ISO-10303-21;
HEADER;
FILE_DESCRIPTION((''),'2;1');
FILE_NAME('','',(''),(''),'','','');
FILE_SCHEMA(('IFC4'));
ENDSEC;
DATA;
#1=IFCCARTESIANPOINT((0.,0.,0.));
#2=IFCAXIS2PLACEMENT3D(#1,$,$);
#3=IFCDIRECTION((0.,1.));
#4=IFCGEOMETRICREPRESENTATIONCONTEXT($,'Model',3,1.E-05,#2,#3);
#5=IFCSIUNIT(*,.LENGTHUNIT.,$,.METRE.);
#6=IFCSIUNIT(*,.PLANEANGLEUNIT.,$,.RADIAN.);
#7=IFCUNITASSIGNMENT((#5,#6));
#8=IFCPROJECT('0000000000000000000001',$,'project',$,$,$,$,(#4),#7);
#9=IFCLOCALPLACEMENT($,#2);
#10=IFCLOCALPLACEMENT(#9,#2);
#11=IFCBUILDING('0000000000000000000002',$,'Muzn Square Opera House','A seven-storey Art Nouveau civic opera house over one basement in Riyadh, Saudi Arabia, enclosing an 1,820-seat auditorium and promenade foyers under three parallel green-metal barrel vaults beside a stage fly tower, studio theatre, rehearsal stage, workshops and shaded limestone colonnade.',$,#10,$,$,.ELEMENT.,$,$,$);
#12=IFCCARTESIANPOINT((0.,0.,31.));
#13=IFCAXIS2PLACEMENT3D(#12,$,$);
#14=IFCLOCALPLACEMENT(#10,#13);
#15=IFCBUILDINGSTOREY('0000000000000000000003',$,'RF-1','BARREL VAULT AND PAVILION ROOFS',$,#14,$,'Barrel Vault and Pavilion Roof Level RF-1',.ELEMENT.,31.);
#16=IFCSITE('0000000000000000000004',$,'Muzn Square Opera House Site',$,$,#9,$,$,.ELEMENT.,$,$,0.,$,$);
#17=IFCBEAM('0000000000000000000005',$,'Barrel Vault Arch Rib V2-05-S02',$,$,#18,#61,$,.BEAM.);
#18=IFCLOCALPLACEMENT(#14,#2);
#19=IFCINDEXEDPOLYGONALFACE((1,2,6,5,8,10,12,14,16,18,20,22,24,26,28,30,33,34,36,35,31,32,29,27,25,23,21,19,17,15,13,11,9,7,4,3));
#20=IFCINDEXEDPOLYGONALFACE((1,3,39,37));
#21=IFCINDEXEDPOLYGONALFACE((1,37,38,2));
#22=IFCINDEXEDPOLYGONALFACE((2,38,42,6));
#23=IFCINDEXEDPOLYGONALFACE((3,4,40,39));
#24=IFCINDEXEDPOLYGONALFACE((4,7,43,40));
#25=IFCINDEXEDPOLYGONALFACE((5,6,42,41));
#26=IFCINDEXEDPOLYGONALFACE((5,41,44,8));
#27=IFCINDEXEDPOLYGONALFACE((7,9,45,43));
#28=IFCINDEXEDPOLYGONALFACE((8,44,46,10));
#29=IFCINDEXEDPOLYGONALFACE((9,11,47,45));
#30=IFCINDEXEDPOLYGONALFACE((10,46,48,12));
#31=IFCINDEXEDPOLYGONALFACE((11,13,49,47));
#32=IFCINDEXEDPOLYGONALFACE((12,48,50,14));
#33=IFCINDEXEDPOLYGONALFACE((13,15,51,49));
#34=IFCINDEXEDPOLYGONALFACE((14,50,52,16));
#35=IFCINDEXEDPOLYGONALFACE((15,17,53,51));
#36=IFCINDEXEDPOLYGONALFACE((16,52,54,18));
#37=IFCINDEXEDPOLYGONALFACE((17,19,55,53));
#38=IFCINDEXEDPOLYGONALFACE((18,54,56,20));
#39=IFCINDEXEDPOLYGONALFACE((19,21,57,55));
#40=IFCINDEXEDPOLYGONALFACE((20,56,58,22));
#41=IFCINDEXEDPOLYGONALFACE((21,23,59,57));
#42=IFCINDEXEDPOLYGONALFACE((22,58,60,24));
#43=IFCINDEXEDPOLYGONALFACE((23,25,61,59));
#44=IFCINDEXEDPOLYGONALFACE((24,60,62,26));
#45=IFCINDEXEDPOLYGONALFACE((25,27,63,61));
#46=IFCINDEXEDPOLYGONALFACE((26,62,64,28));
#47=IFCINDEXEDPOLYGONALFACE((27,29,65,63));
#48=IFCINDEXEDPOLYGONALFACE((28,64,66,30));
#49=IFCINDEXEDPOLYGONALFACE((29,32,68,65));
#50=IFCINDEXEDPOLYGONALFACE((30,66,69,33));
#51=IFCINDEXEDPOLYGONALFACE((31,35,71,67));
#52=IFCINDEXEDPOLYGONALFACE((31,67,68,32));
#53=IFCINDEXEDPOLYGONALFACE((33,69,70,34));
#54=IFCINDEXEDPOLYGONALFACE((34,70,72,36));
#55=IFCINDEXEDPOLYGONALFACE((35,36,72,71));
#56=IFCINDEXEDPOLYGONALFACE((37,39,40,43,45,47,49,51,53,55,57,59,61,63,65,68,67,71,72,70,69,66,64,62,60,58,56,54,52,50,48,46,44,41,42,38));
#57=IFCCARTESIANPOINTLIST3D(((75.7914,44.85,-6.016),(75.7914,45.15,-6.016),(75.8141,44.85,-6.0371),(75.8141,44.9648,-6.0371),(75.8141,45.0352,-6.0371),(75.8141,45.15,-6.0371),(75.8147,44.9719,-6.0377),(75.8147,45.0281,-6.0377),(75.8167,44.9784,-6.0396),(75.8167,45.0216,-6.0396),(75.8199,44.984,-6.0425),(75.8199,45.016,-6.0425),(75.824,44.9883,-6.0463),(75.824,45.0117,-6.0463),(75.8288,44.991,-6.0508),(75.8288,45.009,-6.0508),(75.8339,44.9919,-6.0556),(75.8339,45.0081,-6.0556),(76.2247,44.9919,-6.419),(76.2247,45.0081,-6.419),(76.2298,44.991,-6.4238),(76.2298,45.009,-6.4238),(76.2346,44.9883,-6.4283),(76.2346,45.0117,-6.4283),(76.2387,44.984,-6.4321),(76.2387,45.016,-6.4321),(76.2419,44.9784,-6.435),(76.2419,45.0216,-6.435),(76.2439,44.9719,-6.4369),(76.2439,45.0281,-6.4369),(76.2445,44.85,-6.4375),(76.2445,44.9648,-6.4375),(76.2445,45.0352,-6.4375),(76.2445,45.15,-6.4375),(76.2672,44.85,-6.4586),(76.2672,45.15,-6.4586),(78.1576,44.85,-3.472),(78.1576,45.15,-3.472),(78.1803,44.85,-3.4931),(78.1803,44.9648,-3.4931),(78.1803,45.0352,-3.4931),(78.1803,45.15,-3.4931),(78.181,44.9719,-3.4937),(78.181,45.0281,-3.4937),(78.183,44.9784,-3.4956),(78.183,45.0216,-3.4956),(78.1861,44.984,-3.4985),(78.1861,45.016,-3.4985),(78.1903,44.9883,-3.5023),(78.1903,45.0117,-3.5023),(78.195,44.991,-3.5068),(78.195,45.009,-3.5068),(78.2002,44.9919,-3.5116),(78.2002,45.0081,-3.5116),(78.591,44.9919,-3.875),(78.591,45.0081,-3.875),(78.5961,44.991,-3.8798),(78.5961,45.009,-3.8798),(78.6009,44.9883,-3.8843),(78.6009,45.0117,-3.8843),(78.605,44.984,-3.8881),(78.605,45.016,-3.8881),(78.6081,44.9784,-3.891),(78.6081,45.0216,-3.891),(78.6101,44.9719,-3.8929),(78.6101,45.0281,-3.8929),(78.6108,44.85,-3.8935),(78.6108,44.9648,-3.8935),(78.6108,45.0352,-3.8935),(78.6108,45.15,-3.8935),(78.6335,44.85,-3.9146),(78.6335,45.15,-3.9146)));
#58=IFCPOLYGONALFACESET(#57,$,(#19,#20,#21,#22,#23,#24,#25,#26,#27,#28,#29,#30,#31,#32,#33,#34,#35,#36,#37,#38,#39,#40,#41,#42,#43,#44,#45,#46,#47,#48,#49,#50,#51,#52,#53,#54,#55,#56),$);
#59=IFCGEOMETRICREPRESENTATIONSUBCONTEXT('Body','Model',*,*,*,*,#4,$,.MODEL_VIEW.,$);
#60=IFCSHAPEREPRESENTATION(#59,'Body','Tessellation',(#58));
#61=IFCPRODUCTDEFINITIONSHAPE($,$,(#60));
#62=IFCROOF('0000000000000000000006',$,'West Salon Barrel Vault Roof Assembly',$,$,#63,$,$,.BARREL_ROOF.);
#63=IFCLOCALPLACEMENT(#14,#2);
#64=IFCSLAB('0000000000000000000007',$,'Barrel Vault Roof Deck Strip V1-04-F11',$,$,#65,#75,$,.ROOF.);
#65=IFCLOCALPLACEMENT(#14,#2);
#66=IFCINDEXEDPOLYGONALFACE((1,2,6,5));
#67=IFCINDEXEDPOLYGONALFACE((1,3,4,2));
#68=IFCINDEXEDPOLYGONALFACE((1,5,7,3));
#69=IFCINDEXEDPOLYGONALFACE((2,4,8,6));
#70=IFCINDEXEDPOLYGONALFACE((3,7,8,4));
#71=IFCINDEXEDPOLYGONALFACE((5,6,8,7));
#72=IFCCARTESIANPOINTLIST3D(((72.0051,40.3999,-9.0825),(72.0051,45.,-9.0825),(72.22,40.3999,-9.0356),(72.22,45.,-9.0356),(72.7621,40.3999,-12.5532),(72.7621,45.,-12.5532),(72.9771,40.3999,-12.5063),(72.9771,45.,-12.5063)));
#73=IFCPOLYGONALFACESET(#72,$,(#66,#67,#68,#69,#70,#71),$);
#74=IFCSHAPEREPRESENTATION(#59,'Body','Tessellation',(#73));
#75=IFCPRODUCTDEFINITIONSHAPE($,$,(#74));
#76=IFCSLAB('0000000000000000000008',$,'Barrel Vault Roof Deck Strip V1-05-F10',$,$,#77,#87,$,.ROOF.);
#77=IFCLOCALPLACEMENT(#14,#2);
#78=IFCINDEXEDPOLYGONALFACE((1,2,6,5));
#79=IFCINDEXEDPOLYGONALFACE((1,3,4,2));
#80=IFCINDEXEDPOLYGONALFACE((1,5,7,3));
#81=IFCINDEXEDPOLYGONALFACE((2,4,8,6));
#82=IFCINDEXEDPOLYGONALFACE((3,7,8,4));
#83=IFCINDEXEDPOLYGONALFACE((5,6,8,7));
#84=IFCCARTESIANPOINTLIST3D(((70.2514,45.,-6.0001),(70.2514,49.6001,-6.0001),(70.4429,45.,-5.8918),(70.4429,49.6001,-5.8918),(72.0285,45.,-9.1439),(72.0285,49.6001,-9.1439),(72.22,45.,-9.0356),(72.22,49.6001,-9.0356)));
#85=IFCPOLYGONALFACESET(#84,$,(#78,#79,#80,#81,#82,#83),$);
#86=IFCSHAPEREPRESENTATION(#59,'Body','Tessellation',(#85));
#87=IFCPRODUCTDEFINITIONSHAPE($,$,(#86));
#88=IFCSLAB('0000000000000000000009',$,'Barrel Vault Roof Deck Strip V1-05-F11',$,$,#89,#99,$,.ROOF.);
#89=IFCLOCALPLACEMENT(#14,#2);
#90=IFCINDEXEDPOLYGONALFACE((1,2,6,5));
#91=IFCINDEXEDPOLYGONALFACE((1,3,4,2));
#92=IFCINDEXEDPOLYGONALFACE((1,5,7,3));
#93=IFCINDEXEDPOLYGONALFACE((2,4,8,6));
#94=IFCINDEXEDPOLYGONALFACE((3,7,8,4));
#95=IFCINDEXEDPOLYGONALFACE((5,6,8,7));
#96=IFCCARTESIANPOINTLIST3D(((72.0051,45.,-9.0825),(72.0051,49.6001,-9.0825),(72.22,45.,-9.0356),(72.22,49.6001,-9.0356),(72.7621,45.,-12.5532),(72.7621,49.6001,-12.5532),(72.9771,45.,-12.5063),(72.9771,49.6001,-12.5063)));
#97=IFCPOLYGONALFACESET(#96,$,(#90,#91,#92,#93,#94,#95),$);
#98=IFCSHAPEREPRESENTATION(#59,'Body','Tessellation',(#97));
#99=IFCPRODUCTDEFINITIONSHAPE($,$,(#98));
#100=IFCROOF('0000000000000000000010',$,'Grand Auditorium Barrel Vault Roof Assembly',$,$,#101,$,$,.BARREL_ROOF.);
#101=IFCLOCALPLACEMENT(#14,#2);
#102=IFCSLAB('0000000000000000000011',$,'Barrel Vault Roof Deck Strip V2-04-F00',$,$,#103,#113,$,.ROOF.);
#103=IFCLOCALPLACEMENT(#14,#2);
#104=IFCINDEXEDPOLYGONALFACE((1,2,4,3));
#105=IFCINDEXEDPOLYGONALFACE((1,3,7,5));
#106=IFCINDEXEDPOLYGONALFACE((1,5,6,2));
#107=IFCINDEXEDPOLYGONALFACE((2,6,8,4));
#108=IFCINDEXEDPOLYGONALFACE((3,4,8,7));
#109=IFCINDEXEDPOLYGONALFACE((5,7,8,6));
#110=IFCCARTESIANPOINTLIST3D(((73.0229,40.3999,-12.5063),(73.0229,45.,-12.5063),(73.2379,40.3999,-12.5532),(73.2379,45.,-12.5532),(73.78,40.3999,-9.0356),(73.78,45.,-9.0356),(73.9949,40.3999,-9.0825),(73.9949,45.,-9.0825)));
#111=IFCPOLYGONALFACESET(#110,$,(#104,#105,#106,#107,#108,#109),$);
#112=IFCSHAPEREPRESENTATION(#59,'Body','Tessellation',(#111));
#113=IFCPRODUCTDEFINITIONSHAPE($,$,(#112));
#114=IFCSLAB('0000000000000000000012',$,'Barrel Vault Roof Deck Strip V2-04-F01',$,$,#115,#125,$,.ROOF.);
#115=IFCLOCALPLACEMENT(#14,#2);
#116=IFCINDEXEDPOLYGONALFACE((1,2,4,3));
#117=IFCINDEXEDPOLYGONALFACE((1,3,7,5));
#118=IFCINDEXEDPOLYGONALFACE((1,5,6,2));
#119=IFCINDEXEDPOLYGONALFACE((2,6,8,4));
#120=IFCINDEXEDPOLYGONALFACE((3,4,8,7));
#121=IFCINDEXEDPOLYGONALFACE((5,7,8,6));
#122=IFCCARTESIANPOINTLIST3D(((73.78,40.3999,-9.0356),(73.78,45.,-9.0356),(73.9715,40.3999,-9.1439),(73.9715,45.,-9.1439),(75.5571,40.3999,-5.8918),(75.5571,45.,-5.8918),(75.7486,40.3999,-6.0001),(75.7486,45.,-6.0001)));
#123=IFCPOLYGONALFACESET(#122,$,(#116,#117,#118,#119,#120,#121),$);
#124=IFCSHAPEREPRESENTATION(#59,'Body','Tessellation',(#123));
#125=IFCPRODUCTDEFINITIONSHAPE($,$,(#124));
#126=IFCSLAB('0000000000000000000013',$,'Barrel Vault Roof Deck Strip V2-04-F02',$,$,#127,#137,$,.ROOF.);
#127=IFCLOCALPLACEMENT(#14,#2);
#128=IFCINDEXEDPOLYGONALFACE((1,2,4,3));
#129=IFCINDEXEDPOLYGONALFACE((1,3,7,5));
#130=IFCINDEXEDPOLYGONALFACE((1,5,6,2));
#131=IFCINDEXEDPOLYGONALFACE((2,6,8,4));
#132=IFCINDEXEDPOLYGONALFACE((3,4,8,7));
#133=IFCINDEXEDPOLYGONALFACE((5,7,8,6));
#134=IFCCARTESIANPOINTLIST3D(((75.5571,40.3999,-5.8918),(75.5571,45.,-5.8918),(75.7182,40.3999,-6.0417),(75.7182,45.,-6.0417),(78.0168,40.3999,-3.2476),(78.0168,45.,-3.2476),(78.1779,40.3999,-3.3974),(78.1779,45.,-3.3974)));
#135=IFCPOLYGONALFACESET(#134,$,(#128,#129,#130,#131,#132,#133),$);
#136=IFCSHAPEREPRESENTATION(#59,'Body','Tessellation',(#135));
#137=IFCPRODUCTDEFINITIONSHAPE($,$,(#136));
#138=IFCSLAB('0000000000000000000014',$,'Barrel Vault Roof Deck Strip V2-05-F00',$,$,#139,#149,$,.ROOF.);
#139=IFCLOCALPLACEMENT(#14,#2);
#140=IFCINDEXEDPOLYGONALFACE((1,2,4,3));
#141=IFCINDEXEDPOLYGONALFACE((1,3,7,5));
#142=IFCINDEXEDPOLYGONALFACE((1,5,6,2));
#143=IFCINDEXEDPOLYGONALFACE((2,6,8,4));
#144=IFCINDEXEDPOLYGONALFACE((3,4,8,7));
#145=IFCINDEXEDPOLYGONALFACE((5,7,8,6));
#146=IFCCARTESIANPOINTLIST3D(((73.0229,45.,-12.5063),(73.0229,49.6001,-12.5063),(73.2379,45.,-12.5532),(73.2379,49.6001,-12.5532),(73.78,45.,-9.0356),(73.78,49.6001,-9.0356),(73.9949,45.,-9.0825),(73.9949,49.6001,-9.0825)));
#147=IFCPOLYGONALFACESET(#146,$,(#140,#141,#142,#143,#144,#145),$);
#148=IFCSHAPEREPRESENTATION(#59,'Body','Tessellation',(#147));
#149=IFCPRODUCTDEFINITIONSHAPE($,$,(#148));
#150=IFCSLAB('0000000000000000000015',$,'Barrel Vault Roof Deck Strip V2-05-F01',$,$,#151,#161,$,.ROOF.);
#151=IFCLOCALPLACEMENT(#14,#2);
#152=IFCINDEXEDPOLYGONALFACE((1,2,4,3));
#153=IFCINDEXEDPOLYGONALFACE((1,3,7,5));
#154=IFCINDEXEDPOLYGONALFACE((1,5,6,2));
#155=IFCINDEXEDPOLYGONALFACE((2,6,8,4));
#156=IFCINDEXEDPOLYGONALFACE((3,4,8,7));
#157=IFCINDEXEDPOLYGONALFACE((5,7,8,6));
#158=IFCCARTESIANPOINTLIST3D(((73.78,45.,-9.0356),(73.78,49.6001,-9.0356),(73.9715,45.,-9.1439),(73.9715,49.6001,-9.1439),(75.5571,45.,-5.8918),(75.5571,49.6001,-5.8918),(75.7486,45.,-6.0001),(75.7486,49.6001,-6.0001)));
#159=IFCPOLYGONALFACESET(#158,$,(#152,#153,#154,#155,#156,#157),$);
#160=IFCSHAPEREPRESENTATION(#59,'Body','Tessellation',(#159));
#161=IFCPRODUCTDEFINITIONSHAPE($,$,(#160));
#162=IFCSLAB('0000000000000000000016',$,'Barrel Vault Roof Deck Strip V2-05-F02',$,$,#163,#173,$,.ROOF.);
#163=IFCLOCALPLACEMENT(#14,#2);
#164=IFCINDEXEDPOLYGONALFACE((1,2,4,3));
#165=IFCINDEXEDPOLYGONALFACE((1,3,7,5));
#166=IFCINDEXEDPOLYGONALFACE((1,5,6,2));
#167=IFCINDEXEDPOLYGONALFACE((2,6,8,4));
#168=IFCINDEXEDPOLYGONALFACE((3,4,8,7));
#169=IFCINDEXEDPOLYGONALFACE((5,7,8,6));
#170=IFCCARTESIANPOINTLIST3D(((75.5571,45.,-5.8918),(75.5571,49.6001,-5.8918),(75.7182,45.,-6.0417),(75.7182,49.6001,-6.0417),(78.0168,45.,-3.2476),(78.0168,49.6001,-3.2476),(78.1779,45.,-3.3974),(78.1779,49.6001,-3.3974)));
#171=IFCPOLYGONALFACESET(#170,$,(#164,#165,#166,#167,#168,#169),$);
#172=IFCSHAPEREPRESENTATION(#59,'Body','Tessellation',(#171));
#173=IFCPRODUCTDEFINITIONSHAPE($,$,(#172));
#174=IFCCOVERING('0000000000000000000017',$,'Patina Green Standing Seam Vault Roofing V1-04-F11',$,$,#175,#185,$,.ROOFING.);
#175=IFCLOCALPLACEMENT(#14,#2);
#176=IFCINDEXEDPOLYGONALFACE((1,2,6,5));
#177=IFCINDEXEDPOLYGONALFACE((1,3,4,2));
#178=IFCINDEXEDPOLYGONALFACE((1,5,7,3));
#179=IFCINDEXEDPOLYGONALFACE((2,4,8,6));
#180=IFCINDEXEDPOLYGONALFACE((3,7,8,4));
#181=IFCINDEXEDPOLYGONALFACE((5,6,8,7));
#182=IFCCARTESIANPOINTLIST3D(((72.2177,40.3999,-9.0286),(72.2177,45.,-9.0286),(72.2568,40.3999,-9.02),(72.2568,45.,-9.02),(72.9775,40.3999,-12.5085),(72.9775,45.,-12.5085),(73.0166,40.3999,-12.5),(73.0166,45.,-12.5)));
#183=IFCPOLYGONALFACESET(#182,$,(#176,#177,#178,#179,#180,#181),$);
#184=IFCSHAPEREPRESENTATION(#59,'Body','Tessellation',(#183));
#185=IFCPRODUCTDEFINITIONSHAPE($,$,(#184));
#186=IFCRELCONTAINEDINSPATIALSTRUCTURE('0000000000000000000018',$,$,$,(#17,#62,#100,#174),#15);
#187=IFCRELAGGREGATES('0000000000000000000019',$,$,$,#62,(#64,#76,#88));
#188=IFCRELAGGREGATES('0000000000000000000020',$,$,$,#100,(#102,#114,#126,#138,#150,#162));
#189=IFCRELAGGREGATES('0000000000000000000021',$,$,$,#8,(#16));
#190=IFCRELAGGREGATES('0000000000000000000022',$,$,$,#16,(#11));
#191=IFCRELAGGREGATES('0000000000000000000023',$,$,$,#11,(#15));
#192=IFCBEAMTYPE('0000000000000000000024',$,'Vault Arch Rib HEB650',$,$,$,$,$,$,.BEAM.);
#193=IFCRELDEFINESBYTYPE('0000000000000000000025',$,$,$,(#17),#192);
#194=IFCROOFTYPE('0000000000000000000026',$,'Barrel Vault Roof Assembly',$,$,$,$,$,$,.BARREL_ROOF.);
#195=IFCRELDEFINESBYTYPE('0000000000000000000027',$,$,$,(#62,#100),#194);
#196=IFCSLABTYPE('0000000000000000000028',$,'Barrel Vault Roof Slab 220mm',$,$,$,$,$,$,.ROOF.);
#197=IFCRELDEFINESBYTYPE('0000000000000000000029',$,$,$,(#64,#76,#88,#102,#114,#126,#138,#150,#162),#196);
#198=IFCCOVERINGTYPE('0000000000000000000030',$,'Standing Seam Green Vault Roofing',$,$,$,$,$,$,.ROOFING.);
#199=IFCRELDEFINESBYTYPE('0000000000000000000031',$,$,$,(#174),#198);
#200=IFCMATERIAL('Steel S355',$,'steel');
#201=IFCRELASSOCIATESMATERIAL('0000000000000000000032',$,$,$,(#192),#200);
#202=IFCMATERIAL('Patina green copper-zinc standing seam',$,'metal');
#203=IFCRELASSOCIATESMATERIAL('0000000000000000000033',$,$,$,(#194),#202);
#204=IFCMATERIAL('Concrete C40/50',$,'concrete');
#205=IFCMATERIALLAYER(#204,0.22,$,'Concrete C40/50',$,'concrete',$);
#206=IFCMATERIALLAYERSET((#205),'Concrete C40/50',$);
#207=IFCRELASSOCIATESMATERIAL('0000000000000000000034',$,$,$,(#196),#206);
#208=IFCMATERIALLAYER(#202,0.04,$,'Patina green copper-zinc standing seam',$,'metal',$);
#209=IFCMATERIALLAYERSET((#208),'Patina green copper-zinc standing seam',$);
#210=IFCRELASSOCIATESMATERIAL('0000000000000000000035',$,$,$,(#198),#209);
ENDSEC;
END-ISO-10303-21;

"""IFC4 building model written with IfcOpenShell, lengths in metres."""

from ifc_helpers import new_model, si_unit, direction, frame, origin, origin_2d, place, context, subcontext, project, spatial, polyline, i_section, outline, extrude, material, layer, layer_set, material_profile, profile_set, type_object, element, aggregate, save


model = new_model("IFC4")

# Units and contexts
model_context = context("Model", 3, precision=1e-05, world=origin(), true_north=direction((0.0, 1.0)))
body_context = subcontext(model_context, "Body", "Model", "MODEL_VIEW")
ifc_project = project(units=[si_unit("LENGTHUNIT", "METRE"), si_unit("PLANEANGLEUNIT", "RADIAN")], contexts=[model_context])

# Site, building, storey
site_placement = place(None, origin())
site = spatial("IfcSite", under=ifc_project, at=site_placement, Name="Muzn Square Opera House Site", CompositionType="ELEMENT", RefElevation=0.0)
building_placement = place(site_placement, origin())
building = spatial("IfcBuilding", under=site, at=building_placement, Name="Muzn Square Opera House", Description="A seven-storey Art Nouveau civic opera house over one basement in Riyadh, Saudi Arabia, enclosing an 1,820-seat auditorium and promenade foyers under three parallel green-metal barrel vaults beside a stage fly tower, studio theatre, rehearsal stage, workshops and shaded limestone colonnade.", CompositionType="ELEMENT")
storey_placement = place(building_placement, frame((0.0, 0.0, 31.0)))
storey = spatial("IfcBuildingStorey", under=building, at=storey_placement, Name="RF-1", Description="BARREL VAULT AND PAVILION ROOFS", LongName="Barrel Vault and Pavilion Roof Level RF-1", CompositionType="ELEMENT", Elevation=31.0)

# Beam
ifc_material_1 = material(Name="Steel S355", Category="steel")
ifc_material_profile_1 = material_profile(ifc_material_1, i_section(OverallWidth=0.3, OverallDepth=0.6499, WebThickness=0.0161, FlangeThickness=0.031, FilletRadius=0.0271, at=origin_2d()), Name="HEB 650", Category="steel")
ifc_profile_set_1 = profile_set([ifc_material_profile_1], Name="Steel S355")
beam_type_1 = type_object("IfcBeamType", Name="Vault Arch Rib HEB650", PredefinedType="BEAM", material=ifc_profile_set_1)
beam_1_placement = place(storey_placement, frame((76.0293, 45.0, -6.2373), z_axis=(0.681065, 0.0, 0.732223), x_axis=(0.0, 1.0, 0.0)))
element("IfcBeam", 1, at=beam_1_placement, inside=storey, type_object=beam_type_1, Name="Barrel Vault Arch Rib V2-05-S02", PredefinedType="BEAM", context=body_context, shape_type="SweptSolid", body=[
    extrude(i_section(OverallWidth=0.3, OverallDepth=0.6499, WebThickness=0.0161, FlangeThickness=0.031, FilletRadius=0.0271, at=origin_2d()), origin(), (0.0, 0.0, 1.0), 3.4744),
])

# Roofs, slabs
ifc_material_2 = material(Name="Patina green copper-zinc standing seam", Category="metal")
roof_type = type_object("IfcRoofType", Name="Barrel Vault Roof Assembly", PredefinedType="BARREL_ROOF", material=ifc_material_2)
roof_1_placement = place(storey_placement, origin())
roof_1 = element("IfcRoof", 2, at=roof_1_placement, inside=storey, type_object=roof_type, Name="West Salon Barrel Vault Roof Assembly", PredefinedType="BARREL_ROOF")
ifc_material_3 = material(Name="Concrete C40/50", Category="concrete")
ifc_layer_1 = layer(ifc_material_3, 0.22, Name="Concrete C40/50", Category="concrete")
ifc_layer_set_1 = layer_set([ifc_layer_1], Name="Concrete C40/50")
slab_type = type_object("IfcSlabType", Name="Barrel Vault Roof Slab 220mm", PredefinedType="ROOF", material=ifc_layer_set_1)
slab_1_placement = place(storey_placement, frame((72.22, 40.3999, -9.0356), z_axis=(0.977025, 0.0, 0.213123), x_axis=(0.213123, 0.0, -0.977025)))
slab_1 = element("IfcSlab", 3, at=slab_1_placement, type_object=slab_type, Name="Barrel Vault Roof Deck Strip V1-04-F11", PredefinedType="ROOF", context=body_context, shape_type="SweptSolid", body=[
    extrude(outline(polyline([(0.0, 0.0), (3.5523, 0.0), (3.5523, 4.6001), (0.0, 4.6001), (0.0, 0.0)])), origin(), (0.0, 0.0, -1.0), 0.22),
])
slab_2_placement = place(storey_placement, frame((70.4429, 45.0, -5.8918), z_axis=(0.870543, 0.0, 0.492093), x_axis=(0.492093, 0.0, -0.870543)))
slab_2 = element("IfcSlab", 4, at=slab_2_placement, type_object=slab_type, Name="Barrel Vault Roof Deck Strip V1-05-F10", PredefinedType="ROOF", context=body_context, shape_type="SweptSolid", body=[
    extrude(outline(polyline([(0.0, 0.0), (3.6113, 0.0), (3.6113, 4.6001), (0.0, 4.6001), (0.0, 0.0)])), origin(), (0.0, 0.0, -1.0), 0.22),
])
slab_3_placement = place(storey_placement, frame((72.22, 45.0, -9.0356), z_axis=(0.977025, 0.0, 0.213123), x_axis=(0.213123, 0.0, -0.977025)))
slab_3 = element("IfcSlab", 5, at=slab_3_placement, type_object=slab_type, Name="Barrel Vault Roof Deck Strip V1-05-F11", PredefinedType="ROOF", context=body_context, shape_type="SweptSolid", body=[
    extrude(outline(polyline([(0.0, 0.0), (3.5523, 0.0), (3.5523, 4.6001), (0.0, 4.6001), (0.0, 0.0)])), origin(), (0.0, 0.0, -1.0), 0.22),
])
aggregate(roof_1, [slab_1, slab_2, slab_3])
roof_2_placement = place(storey_placement, origin())
roof_2 = element("IfcRoof", 6, at=roof_2_placement, inside=storey, type_object=roof_type, Name="Grand Auditorium Barrel Vault Roof Assembly", PredefinedType="BARREL_ROOF")
slab_4_placement = place(storey_placement, frame((73.78, 40.3999, -9.0356), z_axis=(-0.977025, 0.0, 0.213123), x_axis=(0.0, 1.0, 0.0)))
slab_4 = element("IfcSlab", 7, at=slab_4_placement, type_object=slab_type, Name="Barrel Vault Roof Deck Strip V2-04-F00", PredefinedType="ROOF", context=body_context, shape_type="SweptSolid", body=[
    extrude(outline(polyline([(0.0, 3.5523), (0.0, 0.0), (4.6001, 0.0), (4.6001, 3.5523), (0.0, 3.5523)])), origin(), (0.0, 0.0, -1.0), 0.22),
])
slab_5_placement = place(storey_placement, frame((75.5571, 40.3999, -5.8918), z_axis=(-0.870543, 0.0, 0.492093), x_axis=(0.0, 1.0, 0.0)))
slab_5 = element("IfcSlab", 8, at=slab_5_placement, type_object=slab_type, Name="Barrel Vault Roof Deck Strip V2-04-F01", PredefinedType="ROOF", context=body_context, shape_type="SweptSolid", body=[
    extrude(outline(polyline([(0.0, 3.6113), (0.0, 0.0), (4.6001, 0.0), (4.6001, 3.6113), (0.0, 3.6113)])), origin(), (0.0, 0.0, -1.0), 0.22),
])
slab_6_placement = place(storey_placement, frame((78.0168, 40.3999, -3.2476), z_axis=(-0.732198, 0.0, 0.681091), x_axis=(0.0, 1.0, 0.0)))
slab_6 = element("IfcSlab", 9, at=slab_6_placement, type_object=slab_type, Name="Barrel Vault Roof Deck Strip V2-04-F02", PredefinedType="ROOF", context=body_context, shape_type="SweptSolid", body=[
    extrude(outline(polyline([(0.0, 3.6114), (0.0, 0.0), (4.6001, 0.0), (4.6001, 3.6114), (0.0, 3.6114)])), origin(), (0.0, 0.0, -1.0), 0.22),
])
slab_7_placement = place(storey_placement, frame((73.78, 45.0, -9.0356), z_axis=(-0.977025, 0.0, 0.213123), x_axis=(0.0, 1.0, 0.0)))
slab_7 = element("IfcSlab", 10, at=slab_7_placement, type_object=slab_type, Name="Barrel Vault Roof Deck Strip V2-05-F00", PredefinedType="ROOF", context=body_context, shape_type="SweptSolid", body=[
    extrude(outline(polyline([(0.0, 3.5523), (0.0, 0.0), (4.6001, 0.0), (4.6001, 3.5523), (0.0, 3.5523)])), origin(), (0.0, 0.0, -1.0), 0.22),
])
slab_8_placement = place(storey_placement, frame((75.5571, 45.0, -5.8918), z_axis=(-0.870543, 0.0, 0.492093), x_axis=(0.0, 1.0, 0.0)))
slab_8 = element("IfcSlab", 11, at=slab_8_placement, type_object=slab_type, Name="Barrel Vault Roof Deck Strip V2-05-F01", PredefinedType="ROOF", context=body_context, shape_type="SweptSolid", body=[
    extrude(outline(polyline([(0.0, 3.6113), (0.0, 0.0), (4.6001, 0.0), (4.6001, 3.6113), (0.0, 3.6113)])), origin(), (0.0, 0.0, -1.0), 0.22),
])
slab_9_placement = place(storey_placement, frame((78.0168, 45.0, -3.2476), z_axis=(-0.732198, 0.0, 0.681091), x_axis=(0.0, 1.0, 0.0)))
slab_9 = element("IfcSlab", 12, at=slab_9_placement, type_object=slab_type, Name="Barrel Vault Roof Deck Strip V2-05-F02", PredefinedType="ROOF", context=body_context, shape_type="SweptSolid", body=[
    extrude(outline(polyline([(0.0, 3.6114), (0.0, 0.0), (4.6001, 0.0), (4.6001, 3.6114), (0.0, 3.6114)])), origin(), (0.0, 0.0, -1.0), 0.22),
])
aggregate(roof_2, [slab_4, slab_5, slab_6, slab_7, slab_8, slab_9])

# Covering
ifc_layer_2 = layer(ifc_material_2, 0.04, Name="Patina green copper-zinc standing seam", Category="metal")
ifc_layer_set_2 = layer_set([ifc_layer_2], Name="Patina green copper-zinc standing seam")
covering_type = type_object("IfcCoveringType", Name="Standing Seam Green Vault Roofing", PredefinedType="ROOFING", material=ifc_layer_set_2)
covering_1_placement = place(storey_placement, frame((72.2568, 40.3999, -9.02), z_axis=(0.976987, 0.0, 0.2133), x_axis=(0.2133, 0.0, -0.976987)))
element("IfcCovering", 13, at=covering_1_placement, inside=storey, type_object=covering_type, Name="Patina Green Standing Seam Vault Roofing V1-04-F11", PredefinedType="ROOFING", context=body_context, shape_type="SweptSolid", body=[
    extrude(outline(polyline([(0.0, 0.0), (3.562, 0.0), (3.562, 4.6001), (0.0, 4.6001), (0.0, 0.0)])), origin(), (0.0, 0.0, -1.0), 0.04),
])

save(model, "model.ifc")
